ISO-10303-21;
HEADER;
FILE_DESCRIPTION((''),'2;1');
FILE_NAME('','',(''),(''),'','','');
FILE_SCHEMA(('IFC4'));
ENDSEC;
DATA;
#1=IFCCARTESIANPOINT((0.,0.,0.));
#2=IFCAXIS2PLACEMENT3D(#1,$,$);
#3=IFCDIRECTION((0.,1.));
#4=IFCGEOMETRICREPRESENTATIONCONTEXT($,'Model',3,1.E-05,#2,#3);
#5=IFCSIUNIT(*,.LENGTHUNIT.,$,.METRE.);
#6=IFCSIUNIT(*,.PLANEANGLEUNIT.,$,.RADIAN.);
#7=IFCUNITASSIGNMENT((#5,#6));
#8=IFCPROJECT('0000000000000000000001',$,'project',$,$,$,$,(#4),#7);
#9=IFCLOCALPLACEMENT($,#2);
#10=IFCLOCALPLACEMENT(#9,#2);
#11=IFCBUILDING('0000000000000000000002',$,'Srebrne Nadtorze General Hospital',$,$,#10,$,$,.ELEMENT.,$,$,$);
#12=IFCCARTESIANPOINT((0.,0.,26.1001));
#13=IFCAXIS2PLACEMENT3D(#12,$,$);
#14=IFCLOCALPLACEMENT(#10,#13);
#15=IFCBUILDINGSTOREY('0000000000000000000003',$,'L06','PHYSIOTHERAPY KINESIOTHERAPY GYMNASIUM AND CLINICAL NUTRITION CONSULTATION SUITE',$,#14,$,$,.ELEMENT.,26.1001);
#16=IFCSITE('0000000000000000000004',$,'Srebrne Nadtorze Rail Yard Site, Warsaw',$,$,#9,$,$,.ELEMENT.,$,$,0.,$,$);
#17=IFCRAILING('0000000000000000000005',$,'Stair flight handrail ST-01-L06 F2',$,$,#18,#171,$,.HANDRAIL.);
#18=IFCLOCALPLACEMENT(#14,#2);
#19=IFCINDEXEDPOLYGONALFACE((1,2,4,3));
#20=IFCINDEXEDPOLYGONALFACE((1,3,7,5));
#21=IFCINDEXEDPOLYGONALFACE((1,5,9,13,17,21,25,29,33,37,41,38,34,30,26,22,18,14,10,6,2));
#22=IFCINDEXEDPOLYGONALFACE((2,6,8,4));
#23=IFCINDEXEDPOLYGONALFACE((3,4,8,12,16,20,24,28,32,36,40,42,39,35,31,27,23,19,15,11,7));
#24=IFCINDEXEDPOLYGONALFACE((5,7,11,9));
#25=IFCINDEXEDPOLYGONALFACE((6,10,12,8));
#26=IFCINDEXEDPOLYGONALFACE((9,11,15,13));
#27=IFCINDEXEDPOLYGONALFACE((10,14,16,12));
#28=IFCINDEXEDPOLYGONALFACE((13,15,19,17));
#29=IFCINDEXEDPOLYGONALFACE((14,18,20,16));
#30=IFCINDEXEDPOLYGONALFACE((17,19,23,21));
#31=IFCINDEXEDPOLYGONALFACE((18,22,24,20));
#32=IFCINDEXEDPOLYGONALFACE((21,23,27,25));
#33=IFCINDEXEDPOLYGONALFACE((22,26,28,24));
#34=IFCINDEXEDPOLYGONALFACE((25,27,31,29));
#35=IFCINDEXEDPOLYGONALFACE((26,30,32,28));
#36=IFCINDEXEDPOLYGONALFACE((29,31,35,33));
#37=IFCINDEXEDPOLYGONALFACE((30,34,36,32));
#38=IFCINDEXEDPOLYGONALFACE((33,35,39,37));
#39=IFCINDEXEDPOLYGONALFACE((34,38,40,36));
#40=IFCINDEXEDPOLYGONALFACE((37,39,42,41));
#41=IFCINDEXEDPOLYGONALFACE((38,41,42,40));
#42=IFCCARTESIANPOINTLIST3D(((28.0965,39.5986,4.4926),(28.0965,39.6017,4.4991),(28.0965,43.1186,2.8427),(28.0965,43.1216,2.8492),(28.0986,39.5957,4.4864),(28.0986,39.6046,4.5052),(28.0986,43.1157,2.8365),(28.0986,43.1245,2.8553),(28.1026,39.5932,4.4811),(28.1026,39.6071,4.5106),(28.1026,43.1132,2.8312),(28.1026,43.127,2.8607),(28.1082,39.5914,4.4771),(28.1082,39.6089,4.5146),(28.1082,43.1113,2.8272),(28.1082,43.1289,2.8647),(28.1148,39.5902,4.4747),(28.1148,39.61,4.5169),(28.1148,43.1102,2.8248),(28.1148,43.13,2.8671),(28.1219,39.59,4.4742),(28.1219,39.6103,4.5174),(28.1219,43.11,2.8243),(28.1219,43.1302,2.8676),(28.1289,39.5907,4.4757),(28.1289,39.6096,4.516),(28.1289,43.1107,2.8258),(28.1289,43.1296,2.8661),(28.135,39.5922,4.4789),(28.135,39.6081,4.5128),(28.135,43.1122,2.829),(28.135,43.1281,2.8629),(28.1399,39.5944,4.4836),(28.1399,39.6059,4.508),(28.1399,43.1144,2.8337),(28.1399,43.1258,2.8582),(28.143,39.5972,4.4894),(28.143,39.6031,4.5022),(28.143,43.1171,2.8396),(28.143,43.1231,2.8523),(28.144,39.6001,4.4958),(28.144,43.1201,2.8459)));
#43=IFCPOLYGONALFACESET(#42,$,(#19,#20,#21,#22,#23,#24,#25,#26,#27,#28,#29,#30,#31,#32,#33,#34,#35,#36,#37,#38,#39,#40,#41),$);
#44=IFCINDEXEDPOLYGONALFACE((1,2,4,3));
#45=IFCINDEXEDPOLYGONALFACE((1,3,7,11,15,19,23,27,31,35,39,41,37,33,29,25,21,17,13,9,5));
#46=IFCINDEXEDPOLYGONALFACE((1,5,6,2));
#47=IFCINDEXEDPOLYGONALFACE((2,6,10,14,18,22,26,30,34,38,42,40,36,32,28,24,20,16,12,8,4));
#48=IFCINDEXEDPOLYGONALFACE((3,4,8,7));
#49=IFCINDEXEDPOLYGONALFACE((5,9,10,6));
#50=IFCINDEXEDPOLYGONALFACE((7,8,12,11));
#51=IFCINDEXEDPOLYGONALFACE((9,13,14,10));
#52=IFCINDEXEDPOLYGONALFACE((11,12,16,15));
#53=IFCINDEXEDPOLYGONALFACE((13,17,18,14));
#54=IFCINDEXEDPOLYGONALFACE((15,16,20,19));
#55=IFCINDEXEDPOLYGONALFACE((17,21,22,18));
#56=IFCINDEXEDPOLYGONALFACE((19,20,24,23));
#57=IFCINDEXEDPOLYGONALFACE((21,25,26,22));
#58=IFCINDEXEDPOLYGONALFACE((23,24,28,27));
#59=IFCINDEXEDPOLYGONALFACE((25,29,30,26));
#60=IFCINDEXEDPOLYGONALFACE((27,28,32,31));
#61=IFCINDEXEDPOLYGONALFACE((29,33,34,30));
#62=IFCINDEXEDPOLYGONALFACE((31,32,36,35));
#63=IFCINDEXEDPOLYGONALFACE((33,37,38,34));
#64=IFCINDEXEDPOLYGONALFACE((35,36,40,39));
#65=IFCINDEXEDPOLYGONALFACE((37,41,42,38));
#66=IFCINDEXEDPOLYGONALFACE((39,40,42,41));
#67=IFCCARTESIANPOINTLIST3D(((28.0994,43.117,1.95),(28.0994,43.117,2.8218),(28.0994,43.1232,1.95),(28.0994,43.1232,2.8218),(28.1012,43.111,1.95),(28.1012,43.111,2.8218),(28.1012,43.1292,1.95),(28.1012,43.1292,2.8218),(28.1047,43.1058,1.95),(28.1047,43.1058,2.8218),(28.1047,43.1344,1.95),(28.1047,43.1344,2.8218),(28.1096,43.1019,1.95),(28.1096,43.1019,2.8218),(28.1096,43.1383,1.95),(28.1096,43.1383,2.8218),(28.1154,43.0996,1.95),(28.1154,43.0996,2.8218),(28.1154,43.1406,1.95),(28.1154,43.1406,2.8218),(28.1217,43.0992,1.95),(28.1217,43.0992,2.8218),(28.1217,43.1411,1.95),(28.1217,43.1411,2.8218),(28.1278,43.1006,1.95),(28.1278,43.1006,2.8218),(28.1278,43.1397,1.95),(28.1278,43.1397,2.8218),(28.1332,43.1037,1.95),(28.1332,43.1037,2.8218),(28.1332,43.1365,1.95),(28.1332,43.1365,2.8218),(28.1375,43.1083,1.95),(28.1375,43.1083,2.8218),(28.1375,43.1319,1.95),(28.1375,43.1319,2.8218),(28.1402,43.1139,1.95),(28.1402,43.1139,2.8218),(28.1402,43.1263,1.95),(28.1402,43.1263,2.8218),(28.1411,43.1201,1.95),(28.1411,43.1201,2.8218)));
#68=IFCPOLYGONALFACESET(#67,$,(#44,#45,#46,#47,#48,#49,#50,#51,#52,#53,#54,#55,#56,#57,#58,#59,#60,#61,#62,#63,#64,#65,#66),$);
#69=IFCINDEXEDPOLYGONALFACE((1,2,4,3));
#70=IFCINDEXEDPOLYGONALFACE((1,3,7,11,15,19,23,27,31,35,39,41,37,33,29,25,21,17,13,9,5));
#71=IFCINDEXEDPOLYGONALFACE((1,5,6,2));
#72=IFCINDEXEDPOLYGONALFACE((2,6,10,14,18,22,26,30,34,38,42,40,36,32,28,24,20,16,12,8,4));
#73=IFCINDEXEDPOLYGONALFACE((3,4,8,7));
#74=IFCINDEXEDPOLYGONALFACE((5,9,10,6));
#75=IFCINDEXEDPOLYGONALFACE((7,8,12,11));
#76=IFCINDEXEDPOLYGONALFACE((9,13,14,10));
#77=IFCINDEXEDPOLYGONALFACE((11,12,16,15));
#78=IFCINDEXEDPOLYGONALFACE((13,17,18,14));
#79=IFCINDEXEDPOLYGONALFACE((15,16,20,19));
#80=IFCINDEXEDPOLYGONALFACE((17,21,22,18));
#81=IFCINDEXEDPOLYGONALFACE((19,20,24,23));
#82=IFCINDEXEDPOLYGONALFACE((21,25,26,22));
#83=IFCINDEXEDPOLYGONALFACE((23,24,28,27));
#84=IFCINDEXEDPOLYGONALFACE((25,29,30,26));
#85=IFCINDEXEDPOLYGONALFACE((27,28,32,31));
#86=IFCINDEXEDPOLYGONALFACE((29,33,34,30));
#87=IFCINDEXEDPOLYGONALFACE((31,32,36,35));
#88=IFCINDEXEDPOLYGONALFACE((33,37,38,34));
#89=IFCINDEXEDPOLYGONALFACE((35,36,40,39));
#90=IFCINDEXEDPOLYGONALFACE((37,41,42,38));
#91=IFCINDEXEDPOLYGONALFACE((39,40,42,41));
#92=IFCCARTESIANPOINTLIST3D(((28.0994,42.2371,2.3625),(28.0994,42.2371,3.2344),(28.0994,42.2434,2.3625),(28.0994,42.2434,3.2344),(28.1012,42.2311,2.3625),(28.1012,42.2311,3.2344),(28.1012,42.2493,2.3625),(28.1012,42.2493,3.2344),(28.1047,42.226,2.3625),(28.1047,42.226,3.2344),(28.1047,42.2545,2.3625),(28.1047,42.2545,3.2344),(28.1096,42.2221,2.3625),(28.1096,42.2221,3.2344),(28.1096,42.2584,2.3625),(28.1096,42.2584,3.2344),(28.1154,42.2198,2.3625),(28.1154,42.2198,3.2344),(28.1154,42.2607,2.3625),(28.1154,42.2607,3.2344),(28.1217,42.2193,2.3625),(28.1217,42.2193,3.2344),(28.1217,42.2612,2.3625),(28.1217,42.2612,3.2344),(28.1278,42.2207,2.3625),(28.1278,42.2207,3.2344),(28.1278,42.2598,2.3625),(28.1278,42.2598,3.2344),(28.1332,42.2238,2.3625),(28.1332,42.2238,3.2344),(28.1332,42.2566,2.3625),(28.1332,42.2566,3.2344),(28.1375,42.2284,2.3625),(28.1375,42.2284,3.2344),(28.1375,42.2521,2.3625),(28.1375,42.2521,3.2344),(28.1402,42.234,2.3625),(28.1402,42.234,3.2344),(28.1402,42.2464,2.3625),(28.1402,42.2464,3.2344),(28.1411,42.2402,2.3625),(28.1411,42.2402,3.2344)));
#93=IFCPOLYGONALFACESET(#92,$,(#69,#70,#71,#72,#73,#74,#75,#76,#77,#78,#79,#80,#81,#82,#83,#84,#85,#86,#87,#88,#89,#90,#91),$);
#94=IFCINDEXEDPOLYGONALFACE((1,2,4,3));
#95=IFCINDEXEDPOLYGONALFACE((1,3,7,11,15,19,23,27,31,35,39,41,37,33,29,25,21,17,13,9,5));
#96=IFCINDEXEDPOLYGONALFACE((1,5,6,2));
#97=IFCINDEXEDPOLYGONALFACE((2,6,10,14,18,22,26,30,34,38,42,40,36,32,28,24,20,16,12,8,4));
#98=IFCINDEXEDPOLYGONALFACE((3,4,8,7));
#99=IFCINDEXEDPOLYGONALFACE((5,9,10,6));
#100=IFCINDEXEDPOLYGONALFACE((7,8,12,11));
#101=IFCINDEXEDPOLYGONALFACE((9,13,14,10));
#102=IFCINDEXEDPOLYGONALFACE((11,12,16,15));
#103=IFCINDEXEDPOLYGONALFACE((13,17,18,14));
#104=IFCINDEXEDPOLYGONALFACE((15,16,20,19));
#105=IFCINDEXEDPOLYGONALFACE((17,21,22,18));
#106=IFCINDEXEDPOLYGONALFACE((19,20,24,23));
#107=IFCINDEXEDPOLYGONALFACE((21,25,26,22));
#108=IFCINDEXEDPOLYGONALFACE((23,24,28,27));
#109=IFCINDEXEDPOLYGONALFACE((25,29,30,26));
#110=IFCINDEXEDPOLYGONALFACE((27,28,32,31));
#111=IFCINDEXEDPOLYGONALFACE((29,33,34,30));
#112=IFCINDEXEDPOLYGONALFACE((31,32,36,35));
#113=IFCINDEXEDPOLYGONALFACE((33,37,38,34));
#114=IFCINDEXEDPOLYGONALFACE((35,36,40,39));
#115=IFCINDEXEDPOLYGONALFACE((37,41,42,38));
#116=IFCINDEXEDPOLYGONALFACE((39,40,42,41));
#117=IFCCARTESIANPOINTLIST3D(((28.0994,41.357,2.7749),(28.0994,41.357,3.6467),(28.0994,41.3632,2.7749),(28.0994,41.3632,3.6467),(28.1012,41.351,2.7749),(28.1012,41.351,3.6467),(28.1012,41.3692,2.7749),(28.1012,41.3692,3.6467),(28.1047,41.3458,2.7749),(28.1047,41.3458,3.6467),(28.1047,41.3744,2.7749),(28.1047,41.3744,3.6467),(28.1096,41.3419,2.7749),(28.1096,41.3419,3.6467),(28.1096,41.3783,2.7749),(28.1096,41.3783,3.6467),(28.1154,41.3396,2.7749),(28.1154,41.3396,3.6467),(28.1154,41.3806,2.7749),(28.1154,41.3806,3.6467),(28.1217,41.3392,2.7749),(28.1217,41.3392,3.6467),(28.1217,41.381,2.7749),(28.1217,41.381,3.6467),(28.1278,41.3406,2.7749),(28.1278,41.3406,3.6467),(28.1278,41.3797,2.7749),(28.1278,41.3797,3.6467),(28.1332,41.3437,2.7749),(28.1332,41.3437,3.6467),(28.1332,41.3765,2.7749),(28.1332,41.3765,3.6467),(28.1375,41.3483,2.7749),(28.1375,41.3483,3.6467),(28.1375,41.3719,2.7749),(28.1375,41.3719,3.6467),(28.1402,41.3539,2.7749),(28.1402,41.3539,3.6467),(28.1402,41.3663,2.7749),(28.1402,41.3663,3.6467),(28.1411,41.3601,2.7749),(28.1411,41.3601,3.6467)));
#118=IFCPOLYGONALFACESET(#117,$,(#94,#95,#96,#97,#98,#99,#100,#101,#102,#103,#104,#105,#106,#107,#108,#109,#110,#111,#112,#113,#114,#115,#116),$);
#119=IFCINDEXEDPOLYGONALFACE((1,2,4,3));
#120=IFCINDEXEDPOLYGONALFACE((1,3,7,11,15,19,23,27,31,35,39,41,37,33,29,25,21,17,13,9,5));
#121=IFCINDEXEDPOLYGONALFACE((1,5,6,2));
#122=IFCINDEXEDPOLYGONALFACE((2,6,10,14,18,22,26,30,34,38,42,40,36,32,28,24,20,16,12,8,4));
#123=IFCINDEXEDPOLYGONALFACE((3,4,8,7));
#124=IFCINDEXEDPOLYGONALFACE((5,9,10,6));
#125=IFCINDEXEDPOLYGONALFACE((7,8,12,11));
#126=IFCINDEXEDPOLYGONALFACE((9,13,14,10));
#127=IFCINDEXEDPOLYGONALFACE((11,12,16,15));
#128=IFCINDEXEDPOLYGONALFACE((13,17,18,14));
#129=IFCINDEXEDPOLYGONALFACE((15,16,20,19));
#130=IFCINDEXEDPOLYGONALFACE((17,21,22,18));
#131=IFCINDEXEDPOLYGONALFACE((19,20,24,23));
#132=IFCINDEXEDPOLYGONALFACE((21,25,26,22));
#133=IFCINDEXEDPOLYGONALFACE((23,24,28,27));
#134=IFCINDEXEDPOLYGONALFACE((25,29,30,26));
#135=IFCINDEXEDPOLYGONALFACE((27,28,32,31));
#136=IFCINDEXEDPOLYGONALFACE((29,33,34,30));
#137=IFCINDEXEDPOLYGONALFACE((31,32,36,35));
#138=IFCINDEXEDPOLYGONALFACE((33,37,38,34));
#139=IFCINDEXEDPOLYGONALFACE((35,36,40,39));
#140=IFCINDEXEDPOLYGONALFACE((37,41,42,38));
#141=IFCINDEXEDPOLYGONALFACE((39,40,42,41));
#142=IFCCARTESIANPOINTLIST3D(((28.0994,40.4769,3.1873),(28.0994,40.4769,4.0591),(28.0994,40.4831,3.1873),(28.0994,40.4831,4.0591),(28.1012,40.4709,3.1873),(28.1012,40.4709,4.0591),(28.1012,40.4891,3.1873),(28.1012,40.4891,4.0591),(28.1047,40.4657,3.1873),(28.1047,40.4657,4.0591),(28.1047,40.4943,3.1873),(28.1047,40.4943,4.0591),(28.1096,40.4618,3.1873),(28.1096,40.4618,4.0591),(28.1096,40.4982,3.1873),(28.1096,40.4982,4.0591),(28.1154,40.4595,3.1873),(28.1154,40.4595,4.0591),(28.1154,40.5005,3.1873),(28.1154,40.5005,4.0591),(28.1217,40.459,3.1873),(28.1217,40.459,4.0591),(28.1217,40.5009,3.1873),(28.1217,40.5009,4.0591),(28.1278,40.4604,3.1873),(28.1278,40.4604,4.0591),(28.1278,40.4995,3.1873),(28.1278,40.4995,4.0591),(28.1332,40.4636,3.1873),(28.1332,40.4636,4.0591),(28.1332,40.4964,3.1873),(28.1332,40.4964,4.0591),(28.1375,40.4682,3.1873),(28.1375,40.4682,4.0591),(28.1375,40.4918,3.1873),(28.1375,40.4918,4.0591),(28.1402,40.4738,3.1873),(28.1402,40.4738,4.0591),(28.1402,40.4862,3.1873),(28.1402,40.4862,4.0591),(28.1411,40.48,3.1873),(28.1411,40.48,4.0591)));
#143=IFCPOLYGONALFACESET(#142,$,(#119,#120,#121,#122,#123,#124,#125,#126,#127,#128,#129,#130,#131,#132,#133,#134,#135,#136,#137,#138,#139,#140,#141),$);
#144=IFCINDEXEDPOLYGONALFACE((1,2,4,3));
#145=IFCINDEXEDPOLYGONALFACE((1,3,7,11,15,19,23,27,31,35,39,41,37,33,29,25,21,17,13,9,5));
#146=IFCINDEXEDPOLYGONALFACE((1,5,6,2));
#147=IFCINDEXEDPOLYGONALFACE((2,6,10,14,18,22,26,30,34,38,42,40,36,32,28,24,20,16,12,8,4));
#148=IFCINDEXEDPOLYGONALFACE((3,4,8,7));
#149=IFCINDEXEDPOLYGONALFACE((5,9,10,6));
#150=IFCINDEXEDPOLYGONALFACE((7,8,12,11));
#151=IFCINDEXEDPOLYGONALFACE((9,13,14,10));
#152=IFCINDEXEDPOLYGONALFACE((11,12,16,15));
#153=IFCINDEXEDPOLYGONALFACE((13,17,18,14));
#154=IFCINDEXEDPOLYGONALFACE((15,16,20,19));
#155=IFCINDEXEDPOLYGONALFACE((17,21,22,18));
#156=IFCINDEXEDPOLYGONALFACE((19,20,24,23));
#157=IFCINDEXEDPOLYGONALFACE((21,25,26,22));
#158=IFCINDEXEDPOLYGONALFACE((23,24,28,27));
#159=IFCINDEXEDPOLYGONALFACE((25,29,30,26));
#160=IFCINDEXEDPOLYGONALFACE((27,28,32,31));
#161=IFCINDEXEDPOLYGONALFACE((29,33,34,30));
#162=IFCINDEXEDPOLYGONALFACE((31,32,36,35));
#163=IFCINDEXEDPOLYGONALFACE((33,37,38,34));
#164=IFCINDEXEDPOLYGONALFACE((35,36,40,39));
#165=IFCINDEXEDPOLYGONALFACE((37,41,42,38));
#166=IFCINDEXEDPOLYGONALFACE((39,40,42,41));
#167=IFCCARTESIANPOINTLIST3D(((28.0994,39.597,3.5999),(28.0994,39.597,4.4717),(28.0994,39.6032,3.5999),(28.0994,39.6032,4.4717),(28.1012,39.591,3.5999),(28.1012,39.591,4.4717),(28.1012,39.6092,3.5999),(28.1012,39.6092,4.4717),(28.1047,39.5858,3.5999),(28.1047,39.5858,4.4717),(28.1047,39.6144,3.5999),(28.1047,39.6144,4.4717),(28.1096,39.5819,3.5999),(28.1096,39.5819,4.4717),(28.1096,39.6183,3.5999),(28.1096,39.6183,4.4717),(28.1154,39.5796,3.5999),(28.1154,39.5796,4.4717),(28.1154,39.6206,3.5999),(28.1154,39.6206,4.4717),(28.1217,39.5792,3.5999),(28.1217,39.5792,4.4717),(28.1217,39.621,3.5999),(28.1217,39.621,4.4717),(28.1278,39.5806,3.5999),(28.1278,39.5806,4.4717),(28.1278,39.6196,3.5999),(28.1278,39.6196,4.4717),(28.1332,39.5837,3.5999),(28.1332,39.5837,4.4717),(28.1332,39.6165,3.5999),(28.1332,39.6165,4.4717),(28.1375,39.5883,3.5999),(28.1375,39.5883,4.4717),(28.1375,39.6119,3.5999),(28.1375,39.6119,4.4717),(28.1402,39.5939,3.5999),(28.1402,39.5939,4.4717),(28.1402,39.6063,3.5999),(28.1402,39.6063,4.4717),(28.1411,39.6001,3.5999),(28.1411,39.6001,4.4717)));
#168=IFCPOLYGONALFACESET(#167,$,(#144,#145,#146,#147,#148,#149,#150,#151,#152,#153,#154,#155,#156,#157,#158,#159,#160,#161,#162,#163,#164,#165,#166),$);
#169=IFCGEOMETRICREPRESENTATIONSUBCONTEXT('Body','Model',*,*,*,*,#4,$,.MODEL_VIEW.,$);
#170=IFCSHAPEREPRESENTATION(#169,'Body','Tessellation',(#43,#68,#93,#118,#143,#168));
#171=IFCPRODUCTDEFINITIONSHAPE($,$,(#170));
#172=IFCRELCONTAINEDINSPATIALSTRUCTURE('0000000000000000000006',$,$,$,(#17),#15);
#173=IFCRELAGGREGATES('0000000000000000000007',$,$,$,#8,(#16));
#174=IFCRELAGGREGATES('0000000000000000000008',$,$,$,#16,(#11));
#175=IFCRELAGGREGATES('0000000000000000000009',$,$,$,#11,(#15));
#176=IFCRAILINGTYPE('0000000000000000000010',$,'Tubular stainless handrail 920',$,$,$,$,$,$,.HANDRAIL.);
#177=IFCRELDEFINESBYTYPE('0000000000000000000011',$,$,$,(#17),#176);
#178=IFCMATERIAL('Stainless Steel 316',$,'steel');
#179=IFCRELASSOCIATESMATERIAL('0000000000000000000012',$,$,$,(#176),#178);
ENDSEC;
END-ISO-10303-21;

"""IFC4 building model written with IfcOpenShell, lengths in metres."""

from ifc_helpers import new_model, si_unit, direction, frame, origin, origin_2d, place, context, subcontext, project, spatial, circle, extrude, material, type_object, element, save


model = new_model("IFC4")

# Units and contexts
model_context = context("Model", 3, precision=1e-05, world=origin(), true_north=direction((0.0, 1.0)))
body_context = subcontext(model_context, "Body", "Model", "MODEL_VIEW")
ifc_project = project(units=[si_unit("LENGTHUNIT", "METRE"), si_unit("PLANEANGLEUNIT", "RADIAN")], contexts=[model_context])

# Site, building, storey
site_placement = place(None, origin())
site = spatial("IfcSite", under=ifc_project, at=site_placement, Name="Srebrne Nadtorze Rail Yard Site, Warsaw", CompositionType="ELEMENT", RefElevation=0.0)
building_placement = place(site_placement, origin())
building = spatial("IfcBuilding", under=site, at=building_placement, Name="Srebrne Nadtorze General Hospital", CompositionType="ELEMENT")
storey_placement = place(building_placement, frame((0.0, 0.0, 26.1001)))
storey = spatial("IfcBuildingStorey", under=building, at=storey_placement, Name="L06", Description="PHYSIOTHERAPY KINESIOTHERAPY GYMNASIUM AND CLINICAL NUTRITION CONSULTATION SUITE", CompositionType="ELEMENT", Elevation=26.1001)

# Railing
ifc_material_1 = material(Name="Stainless Steel 316", Category="steel")
railing_type = type_object("IfcRailingType", Name="Tubular stainless handrail 920", PredefinedType="HANDRAIL", material=ifc_material_1)
railing_1_placement = place(storey_placement, frame((28.1201, 43.1201, 1.95)))
element("IfcRailing", 1, at=railing_1_placement, inside=storey, type_object=railing_type, Name="Stair flight handrail ST-01-L06 F2", PredefinedType="HANDRAIL", context=body_context, shape_type="SweptSolid", body=[
    extrude(circle(Radius=0.0239, at=origin_2d()), frame((0.0, 0.0, 0.896), z_axis=(0.0, -0.905469, 0.424411), x_axis=(1.0, 0.0, 0.0)), (0.0, 0.0, 1.0), 3.8875),
    extrude(circle(Radius=0.021, at=origin_2d()), origin(), (0.0, 0.0, 1.0), 0.8718),
    extrude(circle(Radius=0.021, at=origin_2d()), frame((0.0, -0.8799, 0.4126)), (0.0, 0.0, 1.0), 0.8718),
    extrude(circle(Radius=0.021, at=origin_2d()), frame((0.0, -1.76, 0.825)), (0.0, 0.0, 1.0), 0.8718),
    extrude(circle(Radius=0.021, at=origin_2d()), frame((0.0, -2.6401, 1.2373)), (0.0, 0.0, 1.0), 0.8718),
    extrude(circle(Radius=0.021, at=origin_2d()), frame((0.0, -3.52, 1.6499)), (0.0, 0.0, 1.0), 0.8718),
])

save(model, "model.ifc")
